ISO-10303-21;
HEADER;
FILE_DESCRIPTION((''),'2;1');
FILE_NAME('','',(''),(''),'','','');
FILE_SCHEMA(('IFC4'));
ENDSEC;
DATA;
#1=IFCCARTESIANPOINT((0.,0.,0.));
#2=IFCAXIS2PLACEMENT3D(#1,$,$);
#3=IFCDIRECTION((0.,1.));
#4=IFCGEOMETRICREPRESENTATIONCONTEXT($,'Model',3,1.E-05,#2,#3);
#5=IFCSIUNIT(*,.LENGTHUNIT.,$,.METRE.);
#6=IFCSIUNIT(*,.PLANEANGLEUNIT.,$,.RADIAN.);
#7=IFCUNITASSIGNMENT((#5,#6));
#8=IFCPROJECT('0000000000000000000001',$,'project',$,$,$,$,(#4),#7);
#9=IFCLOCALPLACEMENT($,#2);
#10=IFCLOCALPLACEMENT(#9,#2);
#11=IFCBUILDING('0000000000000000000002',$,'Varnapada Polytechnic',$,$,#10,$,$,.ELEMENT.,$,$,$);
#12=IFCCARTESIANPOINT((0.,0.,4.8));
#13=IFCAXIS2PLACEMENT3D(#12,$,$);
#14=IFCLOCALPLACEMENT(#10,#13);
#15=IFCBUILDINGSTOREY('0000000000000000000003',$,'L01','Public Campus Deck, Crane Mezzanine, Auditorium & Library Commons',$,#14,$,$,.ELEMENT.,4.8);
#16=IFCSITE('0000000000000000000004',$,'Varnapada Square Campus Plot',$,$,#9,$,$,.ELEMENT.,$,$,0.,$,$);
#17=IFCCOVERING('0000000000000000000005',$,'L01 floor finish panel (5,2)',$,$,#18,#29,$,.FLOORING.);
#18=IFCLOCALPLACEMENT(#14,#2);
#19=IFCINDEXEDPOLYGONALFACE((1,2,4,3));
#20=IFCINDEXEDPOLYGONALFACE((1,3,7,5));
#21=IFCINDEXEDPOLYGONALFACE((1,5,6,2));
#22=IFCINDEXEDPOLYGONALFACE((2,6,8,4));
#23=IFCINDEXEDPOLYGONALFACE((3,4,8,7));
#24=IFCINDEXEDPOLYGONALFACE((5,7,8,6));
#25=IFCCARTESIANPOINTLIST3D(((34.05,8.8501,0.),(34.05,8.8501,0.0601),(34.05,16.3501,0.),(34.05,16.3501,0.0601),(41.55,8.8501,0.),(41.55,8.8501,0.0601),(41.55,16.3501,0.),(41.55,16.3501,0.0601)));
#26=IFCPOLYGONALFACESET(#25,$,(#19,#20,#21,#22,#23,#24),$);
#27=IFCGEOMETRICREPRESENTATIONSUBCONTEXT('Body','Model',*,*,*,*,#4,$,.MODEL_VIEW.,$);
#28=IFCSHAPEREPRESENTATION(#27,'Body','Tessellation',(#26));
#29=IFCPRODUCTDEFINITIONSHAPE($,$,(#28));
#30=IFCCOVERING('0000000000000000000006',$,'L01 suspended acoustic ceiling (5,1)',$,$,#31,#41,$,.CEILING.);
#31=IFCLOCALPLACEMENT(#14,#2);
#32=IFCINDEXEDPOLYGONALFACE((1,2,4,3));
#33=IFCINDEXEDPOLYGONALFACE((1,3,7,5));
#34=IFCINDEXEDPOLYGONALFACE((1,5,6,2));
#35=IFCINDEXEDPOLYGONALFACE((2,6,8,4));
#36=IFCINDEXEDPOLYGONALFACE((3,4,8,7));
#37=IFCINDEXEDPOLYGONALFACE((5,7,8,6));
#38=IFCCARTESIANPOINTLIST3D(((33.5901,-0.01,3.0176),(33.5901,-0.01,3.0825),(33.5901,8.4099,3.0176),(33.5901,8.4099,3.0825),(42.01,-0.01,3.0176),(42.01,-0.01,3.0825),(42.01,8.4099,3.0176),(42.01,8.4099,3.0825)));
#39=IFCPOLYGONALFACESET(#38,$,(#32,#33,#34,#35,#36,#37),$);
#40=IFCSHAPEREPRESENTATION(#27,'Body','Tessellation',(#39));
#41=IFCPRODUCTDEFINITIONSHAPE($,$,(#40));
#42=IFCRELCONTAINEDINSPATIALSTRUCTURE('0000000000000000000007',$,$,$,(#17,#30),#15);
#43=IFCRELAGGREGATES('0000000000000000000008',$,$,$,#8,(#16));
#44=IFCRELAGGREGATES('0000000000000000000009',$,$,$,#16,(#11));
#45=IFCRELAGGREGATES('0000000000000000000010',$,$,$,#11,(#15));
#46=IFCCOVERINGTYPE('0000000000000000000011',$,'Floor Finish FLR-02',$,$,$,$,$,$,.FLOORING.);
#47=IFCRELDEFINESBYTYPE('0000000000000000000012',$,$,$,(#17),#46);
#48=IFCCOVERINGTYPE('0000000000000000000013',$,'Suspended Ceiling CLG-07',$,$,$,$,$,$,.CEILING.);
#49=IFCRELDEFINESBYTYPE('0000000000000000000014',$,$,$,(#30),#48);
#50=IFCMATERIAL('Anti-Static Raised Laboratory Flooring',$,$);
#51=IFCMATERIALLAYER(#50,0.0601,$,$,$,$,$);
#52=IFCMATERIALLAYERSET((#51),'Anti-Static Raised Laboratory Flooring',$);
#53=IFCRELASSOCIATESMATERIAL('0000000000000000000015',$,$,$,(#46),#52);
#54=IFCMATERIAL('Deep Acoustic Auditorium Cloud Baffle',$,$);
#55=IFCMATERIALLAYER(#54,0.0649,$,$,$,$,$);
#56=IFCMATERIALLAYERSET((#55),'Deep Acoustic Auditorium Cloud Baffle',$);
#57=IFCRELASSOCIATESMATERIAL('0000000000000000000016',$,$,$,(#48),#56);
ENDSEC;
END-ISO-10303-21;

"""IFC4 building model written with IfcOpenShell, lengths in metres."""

from ifc_helpers import new_model, si_unit, direction, frame, origin, origin_2d, place, context, subcontext, project, spatial, rectangle, extrude, material, layer, layer_set, type_object, element, save


model = new_model("IFC4")

# Units and contexts
model_context = context("Model", 3, precision=1e-05, world=origin(), true_north=direction((0.0, 1.0)))
body_context = subcontext(model_context, "Body", "Model", "MODEL_VIEW")
ifc_project = project(units=[si_unit("LENGTHUNIT", "METRE"), si_unit("PLANEANGLEUNIT", "RADIAN")], contexts=[model_context])

# Site, building, storey
site_placement = place(None, origin())
site = spatial("IfcSite", under=ifc_project, at=site_placement, Name="Varnapada Square Campus Plot", CompositionType="ELEMENT", RefElevation=0.0)
building_placement = place(site_placement, origin())
building = spatial("IfcBuilding", under=site, at=building_placement, Name="Varnapada Polytechnic", CompositionType="ELEMENT")
storey_placement = place(building_placement, frame((0.0, 0.0, 4.8)))
storey = spatial("IfcBuildingStorey", under=building, at=storey_placement, Name="L01", Description="Public Campus Deck, Crane Mezzanine, Auditorium & Library Commons", CompositionType="ELEMENT", Elevation=4.8)

# Coverings
ifc_material_1 = material(Name="Anti-Static Raised Laboratory Flooring")
ifc_layer_1 = layer(ifc_material_1, 0.0601)
ifc_layer_set_1 = layer_set([ifc_layer_1], Name="Anti-Static Raised Laboratory Flooring")
covering_type_1 = type_object("IfcCoveringType", Name="Floor Finish FLR-02", PredefinedType="FLOORING", material=ifc_layer_set_1)
covering_1_placement = place(storey_placement, frame((37.8, 12.6001, 0.0), z_axis=(0.0, 0.0, 1.0), x_axis=(1.0, 0.0, 0.0)))
element("IfcCovering", 1, at=covering_1_placement, inside=storey, type_object=covering_type_1, Name="L01 floor finish panel (5,2)", PredefinedType="FLOORING", context=body_context, shape_type="SweptSolid", body=[
    extrude(rectangle(XDim=7.5, YDim=7.5, at=origin_2d()), origin(), (0.0, 0.0, 1.0), 0.0601),
])
ifc_material_2 = material(Name="Deep Acoustic Auditorium Cloud Baffle")
ifc_layer_2 = layer(ifc_material_2, 0.0649)
ifc_layer_set_2 = layer_set([ifc_layer_2], Name="Deep Acoustic Auditorium Cloud Baffle")
covering_type_2 = type_object("IfcCoveringType", Name="Suspended Ceiling CLG-07", PredefinedType="CEILING", material=ifc_layer_set_2)
covering_2_placement = place(storey_placement, frame((37.8, 4.2, 3.0176), z_axis=(0.0, 0.0, 1.0), x_axis=(1.0, 0.0, 0.0)))
element("IfcCovering", 2, at=covering_2_placement, inside=storey, type_object=covering_type_2, Name="L01 suspended acoustic ceiling (5,1)", PredefinedType="CEILING", context=body_context, shape_type="SweptSolid", body=[
    extrude(rectangle(XDim=8.4199, YDim=8.4199, at=origin_2d()), origin(), (0.0, 0.0, 1.0), 0.0649),
])

save(model, "model.ifc")
